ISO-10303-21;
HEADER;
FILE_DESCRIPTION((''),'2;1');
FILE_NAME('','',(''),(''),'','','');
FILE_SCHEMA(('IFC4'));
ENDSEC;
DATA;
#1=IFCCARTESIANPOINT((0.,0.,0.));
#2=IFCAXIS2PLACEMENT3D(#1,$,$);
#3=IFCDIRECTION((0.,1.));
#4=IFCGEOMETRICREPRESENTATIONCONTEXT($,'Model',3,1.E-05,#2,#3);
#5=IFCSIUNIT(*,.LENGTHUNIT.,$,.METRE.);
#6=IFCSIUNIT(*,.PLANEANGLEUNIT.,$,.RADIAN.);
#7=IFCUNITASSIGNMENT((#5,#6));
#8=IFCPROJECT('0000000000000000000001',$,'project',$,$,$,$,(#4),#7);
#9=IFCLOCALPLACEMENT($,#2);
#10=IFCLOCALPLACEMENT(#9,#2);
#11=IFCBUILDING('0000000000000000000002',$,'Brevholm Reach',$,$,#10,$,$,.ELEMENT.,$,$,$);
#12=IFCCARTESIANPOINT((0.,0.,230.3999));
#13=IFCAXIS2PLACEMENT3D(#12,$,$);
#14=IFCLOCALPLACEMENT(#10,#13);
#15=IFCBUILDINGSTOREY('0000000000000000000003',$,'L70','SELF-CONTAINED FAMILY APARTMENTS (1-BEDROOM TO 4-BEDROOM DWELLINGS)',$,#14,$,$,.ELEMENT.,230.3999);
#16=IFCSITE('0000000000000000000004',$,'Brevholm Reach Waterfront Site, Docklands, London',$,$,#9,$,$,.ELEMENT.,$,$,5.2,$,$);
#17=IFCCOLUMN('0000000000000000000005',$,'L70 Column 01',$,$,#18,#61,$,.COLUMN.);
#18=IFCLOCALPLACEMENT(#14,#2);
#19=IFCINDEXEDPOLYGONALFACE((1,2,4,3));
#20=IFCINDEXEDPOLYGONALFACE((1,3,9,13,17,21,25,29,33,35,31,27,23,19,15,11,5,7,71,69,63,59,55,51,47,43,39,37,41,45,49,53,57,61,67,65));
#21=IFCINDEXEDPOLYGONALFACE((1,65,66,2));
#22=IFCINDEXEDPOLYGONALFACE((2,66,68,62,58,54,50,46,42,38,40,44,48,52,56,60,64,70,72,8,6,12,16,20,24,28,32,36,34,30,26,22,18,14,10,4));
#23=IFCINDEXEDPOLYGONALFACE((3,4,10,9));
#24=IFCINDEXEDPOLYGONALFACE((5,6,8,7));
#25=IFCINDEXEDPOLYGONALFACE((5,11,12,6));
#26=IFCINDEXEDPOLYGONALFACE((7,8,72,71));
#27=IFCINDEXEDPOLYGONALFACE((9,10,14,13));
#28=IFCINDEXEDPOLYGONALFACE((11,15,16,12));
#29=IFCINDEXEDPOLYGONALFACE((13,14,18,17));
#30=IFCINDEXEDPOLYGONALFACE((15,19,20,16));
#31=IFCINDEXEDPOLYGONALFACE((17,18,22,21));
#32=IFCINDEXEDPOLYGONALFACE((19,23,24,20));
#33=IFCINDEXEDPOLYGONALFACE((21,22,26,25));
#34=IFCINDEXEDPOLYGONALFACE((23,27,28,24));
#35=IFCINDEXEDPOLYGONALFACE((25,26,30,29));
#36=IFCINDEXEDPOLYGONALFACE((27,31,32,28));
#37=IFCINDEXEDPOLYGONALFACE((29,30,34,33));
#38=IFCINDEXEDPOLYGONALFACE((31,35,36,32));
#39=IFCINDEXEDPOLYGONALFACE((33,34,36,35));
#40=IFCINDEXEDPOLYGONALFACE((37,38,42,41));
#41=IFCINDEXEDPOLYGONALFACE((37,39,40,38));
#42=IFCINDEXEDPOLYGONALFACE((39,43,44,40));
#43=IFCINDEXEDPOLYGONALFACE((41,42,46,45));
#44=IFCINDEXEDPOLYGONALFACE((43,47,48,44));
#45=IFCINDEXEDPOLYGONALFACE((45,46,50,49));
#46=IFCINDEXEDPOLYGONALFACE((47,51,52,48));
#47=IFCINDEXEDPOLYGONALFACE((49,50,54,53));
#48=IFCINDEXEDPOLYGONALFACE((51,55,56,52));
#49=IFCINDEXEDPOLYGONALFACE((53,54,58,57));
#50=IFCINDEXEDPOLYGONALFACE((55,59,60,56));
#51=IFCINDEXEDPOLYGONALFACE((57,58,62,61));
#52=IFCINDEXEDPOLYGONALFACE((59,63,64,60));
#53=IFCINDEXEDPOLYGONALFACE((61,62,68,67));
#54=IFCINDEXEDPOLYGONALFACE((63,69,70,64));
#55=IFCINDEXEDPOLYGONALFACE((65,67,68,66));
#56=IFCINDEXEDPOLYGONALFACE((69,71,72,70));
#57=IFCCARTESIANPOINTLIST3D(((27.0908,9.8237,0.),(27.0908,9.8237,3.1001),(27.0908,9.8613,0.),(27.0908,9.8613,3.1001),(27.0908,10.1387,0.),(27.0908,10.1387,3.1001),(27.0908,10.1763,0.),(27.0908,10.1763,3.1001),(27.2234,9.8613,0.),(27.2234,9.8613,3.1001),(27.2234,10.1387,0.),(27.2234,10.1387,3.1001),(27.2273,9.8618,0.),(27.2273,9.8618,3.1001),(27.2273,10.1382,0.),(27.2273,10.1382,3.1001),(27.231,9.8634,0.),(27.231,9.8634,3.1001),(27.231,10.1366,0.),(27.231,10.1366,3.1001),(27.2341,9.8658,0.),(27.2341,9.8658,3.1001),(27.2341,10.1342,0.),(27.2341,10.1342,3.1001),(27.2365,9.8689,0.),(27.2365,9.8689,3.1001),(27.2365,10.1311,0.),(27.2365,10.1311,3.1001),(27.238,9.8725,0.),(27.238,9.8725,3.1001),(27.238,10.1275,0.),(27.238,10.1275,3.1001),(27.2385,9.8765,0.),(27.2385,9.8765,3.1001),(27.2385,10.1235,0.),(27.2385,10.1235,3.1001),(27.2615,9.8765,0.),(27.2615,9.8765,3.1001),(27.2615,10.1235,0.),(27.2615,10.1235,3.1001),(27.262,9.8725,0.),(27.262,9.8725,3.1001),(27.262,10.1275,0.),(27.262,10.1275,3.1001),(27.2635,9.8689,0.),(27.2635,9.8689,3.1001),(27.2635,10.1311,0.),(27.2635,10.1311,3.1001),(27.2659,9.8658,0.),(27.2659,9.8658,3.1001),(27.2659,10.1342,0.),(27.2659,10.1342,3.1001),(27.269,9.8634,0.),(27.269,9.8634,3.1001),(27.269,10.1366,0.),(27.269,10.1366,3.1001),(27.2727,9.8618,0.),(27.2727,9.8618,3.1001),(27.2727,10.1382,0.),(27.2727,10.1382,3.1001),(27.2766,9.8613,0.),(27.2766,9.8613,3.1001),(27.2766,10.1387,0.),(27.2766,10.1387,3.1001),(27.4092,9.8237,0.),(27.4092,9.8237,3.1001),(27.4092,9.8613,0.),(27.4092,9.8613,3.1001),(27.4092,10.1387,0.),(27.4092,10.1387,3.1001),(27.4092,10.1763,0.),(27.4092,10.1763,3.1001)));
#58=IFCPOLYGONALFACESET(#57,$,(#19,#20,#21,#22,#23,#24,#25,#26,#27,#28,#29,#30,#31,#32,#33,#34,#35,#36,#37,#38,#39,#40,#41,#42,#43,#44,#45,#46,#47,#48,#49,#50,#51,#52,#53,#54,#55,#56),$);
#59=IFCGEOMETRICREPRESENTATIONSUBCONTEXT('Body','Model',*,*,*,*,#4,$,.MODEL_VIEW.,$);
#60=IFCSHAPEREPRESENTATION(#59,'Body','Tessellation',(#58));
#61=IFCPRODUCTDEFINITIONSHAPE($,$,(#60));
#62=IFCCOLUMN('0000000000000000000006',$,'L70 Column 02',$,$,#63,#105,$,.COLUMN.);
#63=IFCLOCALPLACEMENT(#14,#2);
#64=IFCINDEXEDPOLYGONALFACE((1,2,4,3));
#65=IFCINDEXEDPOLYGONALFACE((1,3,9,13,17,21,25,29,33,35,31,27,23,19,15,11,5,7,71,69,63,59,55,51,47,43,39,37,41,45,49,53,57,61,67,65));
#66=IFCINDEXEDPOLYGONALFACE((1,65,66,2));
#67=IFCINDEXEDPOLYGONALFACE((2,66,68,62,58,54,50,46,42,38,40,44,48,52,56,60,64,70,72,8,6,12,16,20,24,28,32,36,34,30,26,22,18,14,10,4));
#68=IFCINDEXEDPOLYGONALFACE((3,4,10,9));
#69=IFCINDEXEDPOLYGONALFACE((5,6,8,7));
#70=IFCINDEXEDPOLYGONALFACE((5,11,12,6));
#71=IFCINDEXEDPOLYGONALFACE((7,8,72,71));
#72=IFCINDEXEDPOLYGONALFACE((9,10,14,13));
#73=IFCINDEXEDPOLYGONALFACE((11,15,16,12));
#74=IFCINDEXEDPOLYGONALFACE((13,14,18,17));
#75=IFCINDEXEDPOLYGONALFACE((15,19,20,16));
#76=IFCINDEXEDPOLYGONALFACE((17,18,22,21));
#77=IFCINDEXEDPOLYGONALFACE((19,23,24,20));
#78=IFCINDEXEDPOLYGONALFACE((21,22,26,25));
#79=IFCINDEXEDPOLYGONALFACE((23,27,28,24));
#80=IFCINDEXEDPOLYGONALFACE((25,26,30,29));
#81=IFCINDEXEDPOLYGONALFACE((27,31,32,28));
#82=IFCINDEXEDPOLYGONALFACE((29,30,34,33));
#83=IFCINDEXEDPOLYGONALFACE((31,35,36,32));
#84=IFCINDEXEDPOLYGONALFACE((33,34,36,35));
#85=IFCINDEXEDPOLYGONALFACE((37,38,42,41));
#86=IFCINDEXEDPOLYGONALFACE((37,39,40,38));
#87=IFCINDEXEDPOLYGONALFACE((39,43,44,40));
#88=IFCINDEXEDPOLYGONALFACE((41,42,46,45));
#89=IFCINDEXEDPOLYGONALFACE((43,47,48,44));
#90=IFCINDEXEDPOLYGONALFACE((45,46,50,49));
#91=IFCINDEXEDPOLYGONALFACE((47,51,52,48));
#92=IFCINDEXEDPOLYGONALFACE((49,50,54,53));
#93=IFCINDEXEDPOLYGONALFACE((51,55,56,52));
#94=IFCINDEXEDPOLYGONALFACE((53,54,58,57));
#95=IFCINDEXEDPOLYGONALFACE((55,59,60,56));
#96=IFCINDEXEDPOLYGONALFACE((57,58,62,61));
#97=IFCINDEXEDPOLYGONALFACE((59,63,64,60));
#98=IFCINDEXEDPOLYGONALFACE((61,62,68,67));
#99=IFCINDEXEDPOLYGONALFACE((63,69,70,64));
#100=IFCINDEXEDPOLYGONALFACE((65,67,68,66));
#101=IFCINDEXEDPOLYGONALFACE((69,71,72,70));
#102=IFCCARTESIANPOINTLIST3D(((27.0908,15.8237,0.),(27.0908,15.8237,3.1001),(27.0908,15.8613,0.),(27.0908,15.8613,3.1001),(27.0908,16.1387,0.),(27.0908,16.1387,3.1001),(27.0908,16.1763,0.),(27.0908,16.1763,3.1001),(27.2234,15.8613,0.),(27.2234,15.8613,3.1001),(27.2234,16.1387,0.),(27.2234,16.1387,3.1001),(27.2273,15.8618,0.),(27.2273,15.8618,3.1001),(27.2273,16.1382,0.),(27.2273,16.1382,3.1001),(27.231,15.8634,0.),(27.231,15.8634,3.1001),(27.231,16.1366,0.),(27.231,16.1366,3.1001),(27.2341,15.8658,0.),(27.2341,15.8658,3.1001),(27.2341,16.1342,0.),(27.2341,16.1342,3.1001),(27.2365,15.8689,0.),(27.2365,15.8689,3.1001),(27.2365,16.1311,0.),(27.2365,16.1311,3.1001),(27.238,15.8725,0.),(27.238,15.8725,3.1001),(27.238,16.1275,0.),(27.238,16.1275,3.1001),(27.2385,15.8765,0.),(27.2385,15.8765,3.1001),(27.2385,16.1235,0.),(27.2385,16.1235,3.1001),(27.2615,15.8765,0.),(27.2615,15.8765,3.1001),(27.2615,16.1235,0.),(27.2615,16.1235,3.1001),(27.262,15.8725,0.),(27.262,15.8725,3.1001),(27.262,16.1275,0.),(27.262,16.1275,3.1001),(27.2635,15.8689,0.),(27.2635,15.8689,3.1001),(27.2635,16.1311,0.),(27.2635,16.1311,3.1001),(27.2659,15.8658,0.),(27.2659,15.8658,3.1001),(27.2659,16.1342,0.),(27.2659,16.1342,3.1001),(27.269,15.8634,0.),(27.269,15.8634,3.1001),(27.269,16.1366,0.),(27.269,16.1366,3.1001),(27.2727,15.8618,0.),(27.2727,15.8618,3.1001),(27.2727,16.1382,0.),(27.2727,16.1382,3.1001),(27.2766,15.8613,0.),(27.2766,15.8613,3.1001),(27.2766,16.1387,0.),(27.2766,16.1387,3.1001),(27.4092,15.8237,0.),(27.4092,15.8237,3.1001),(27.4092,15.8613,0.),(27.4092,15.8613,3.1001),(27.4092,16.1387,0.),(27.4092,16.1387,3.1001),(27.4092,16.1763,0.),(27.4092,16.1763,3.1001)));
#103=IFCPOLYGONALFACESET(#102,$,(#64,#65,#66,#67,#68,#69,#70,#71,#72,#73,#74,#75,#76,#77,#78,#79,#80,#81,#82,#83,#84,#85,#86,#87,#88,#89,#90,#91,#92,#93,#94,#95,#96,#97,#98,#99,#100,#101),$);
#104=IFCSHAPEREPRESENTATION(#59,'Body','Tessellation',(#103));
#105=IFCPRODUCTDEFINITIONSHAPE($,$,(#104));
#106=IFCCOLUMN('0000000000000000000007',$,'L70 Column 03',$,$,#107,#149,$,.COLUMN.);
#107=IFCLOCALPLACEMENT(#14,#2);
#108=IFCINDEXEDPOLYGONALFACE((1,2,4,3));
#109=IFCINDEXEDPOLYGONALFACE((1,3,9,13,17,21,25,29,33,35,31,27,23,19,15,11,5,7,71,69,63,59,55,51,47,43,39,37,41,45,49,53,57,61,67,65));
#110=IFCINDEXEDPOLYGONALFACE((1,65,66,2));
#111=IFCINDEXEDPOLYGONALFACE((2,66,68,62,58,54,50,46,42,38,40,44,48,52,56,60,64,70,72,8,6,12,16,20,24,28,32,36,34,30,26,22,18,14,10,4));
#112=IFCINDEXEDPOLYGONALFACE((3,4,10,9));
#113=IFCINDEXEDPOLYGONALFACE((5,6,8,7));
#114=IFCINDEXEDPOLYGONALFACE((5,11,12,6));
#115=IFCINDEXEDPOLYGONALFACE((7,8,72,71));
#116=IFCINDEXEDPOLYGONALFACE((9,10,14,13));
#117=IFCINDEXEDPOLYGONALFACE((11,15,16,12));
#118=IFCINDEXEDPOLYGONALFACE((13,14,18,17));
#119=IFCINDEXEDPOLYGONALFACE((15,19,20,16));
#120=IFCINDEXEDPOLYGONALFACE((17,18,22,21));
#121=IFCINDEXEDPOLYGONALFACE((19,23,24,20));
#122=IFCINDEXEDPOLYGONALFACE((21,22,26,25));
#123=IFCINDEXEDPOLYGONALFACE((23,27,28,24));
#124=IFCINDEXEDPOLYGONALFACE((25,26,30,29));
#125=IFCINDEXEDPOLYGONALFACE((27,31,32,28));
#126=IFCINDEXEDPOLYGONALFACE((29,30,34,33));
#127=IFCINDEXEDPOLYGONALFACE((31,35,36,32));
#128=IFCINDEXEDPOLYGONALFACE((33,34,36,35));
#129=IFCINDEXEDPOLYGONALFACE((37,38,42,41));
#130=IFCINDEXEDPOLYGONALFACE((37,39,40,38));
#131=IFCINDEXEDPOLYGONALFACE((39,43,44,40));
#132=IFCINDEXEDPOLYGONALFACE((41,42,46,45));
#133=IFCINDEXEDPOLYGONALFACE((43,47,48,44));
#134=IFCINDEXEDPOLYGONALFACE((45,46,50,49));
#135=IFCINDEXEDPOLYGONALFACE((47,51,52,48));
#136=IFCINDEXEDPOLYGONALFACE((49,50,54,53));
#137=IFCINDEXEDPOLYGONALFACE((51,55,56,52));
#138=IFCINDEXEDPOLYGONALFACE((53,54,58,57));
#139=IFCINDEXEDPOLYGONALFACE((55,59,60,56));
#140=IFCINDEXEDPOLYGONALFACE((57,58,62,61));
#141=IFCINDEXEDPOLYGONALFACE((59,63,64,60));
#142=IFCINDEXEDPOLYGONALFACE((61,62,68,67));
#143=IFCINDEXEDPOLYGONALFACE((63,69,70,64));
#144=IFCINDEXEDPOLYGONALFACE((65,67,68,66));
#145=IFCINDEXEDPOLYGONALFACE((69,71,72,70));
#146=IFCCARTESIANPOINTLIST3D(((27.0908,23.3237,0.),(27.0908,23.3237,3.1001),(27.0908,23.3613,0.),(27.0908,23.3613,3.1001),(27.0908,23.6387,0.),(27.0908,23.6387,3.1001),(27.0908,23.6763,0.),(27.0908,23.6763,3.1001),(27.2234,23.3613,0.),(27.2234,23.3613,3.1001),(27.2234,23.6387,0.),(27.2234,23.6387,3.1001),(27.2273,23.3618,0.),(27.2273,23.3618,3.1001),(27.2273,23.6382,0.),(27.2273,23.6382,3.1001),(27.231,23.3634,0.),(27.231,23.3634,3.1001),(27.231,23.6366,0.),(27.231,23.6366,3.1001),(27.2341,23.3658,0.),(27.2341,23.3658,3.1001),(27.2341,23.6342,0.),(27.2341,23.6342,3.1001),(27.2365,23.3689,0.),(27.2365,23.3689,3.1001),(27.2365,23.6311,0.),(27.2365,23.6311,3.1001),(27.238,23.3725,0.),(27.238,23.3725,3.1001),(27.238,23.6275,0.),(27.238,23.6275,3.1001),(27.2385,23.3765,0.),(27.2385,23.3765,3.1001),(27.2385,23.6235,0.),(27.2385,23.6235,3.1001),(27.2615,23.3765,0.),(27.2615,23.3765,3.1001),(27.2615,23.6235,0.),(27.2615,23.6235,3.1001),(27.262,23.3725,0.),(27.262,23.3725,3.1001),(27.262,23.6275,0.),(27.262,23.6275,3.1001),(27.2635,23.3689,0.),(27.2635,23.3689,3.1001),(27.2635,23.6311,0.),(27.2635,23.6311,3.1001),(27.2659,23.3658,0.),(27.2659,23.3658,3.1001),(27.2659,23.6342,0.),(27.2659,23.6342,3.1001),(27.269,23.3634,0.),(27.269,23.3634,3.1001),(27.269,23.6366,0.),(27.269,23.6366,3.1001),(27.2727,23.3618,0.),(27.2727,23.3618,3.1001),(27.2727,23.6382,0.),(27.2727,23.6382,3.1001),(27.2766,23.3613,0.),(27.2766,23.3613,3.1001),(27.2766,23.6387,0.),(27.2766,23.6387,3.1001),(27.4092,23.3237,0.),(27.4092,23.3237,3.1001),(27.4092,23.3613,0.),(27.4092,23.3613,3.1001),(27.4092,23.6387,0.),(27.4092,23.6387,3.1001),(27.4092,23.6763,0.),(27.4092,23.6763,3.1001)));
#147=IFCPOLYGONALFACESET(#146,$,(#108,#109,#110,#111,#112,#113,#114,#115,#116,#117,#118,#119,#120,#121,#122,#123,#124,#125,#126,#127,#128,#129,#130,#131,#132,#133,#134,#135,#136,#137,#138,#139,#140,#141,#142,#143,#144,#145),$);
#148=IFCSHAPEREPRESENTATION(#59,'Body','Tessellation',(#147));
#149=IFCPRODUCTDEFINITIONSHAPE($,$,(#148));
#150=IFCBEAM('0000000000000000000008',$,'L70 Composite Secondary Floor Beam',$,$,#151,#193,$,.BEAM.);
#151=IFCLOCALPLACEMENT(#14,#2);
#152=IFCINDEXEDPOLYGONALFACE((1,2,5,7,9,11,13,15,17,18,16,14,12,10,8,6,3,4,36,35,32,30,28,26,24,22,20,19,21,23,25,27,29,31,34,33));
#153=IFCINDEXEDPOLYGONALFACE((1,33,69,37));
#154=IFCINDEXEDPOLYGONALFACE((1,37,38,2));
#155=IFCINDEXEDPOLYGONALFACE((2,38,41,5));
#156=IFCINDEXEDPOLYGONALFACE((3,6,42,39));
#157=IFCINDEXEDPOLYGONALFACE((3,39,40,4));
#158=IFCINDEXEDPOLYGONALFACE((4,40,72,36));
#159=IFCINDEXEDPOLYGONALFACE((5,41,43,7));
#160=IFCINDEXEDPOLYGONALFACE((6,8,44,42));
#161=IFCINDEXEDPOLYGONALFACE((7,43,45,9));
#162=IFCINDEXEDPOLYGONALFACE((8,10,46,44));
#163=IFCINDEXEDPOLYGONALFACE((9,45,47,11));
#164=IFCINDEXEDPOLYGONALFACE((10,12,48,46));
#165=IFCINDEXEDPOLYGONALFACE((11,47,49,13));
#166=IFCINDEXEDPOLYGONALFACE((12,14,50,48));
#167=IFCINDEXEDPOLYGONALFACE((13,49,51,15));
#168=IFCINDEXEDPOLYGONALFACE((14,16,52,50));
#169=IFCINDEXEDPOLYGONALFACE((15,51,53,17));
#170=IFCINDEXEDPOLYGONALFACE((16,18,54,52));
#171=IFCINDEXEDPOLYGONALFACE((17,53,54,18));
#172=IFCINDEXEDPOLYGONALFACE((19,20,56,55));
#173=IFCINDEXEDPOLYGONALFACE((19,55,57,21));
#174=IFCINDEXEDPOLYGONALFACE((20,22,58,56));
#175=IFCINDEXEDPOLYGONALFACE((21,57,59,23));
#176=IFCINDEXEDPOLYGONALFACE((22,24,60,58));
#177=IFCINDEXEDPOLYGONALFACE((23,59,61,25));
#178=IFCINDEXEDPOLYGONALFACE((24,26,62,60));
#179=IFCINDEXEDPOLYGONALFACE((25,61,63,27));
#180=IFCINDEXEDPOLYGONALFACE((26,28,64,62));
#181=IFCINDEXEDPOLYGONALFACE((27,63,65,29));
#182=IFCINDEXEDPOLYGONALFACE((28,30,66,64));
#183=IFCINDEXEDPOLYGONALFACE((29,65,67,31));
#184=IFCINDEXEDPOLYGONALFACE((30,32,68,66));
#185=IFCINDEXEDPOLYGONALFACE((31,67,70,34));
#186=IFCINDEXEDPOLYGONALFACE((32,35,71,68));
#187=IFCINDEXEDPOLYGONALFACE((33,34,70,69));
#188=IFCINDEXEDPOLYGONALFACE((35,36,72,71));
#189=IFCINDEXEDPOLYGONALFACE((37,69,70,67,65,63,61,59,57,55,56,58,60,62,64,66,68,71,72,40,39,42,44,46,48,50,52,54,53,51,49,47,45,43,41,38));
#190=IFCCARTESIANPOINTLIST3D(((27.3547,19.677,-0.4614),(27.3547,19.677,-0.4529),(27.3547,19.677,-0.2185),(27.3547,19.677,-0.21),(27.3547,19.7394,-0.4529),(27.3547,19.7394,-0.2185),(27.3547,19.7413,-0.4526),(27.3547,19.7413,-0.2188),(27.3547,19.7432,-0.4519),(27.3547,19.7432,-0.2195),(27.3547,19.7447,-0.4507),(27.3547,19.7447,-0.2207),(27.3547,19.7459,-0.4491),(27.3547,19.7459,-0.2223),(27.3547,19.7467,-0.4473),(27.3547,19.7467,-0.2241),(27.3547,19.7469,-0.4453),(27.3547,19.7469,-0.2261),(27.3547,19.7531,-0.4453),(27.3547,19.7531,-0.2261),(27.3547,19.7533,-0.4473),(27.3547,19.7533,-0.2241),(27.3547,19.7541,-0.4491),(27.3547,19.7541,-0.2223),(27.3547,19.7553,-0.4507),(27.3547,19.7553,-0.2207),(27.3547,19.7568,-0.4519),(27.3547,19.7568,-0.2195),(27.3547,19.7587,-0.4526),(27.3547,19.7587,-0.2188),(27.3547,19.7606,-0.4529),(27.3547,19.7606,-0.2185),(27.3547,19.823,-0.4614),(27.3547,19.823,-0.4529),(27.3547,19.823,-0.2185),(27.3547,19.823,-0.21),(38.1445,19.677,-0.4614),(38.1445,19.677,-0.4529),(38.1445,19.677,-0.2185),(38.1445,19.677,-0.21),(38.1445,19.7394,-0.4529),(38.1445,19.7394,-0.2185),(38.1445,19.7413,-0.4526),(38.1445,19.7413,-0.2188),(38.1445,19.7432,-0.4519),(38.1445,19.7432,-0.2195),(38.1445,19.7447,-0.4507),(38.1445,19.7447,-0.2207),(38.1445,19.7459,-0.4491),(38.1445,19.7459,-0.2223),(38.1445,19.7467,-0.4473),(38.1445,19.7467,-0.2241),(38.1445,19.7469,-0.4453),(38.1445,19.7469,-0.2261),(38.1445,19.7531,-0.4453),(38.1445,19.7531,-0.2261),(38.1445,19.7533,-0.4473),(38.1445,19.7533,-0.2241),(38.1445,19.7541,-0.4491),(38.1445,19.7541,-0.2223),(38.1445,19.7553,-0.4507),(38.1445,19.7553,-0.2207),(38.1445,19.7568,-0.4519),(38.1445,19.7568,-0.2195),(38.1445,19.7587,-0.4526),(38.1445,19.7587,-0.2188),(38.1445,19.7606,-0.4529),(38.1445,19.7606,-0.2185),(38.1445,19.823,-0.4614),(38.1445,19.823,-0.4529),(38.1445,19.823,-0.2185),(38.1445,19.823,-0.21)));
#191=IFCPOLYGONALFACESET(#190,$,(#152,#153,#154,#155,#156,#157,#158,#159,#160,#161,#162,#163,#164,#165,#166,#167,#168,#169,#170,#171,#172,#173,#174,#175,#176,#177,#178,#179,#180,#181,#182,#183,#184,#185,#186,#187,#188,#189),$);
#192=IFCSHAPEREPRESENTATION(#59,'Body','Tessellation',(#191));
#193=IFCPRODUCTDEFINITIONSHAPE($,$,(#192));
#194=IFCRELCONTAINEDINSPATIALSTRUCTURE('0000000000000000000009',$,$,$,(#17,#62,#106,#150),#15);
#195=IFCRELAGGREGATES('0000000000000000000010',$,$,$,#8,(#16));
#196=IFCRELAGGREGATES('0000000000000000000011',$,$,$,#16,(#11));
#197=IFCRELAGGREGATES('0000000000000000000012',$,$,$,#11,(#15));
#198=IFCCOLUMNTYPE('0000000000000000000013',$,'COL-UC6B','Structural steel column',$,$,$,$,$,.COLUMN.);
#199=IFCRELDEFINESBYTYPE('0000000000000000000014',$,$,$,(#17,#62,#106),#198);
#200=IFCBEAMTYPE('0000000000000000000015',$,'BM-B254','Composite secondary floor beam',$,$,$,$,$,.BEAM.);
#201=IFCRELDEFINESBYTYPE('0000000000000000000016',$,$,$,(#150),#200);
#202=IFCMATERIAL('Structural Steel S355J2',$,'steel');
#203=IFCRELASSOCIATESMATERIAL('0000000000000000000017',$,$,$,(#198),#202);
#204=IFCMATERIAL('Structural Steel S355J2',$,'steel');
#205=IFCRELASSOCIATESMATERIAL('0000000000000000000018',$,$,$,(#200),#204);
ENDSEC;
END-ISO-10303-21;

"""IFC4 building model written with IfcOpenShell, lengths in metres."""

from ifc_helpers import new_model, si_unit, direction, frame, origin, origin_2d, place, context, subcontext, project, spatial, i_section, extrude, material, material_profile, profile_set, type_object, element, save


model = new_model("IFC4")

# Units and contexts
model_context = context("Model", 3, precision=1e-05, world=origin(), true_north=direction((0.0, 1.0)))
body_context = subcontext(model_context, "Body", "Model", "MODEL_VIEW")
ifc_project = project(units=[si_unit("LENGTHUNIT", "METRE"), si_unit("PLANEANGLEUNIT", "RADIAN")], contexts=[model_context])

# Site, building, storey
site_placement = place(None, origin())
site = spatial("IfcSite", under=ifc_project, at=site_placement, Name="Brevholm Reach Waterfront Site, Docklands, London", CompositionType="ELEMENT", RefElevation=5.2)
building_placement = place(site_placement, origin())
building = spatial("IfcBuilding", under=site, at=building_placement, Name="Brevholm Reach", CompositionType="ELEMENT")
storey_placement = place(building_placement, frame((0.0, 0.0, 230.3999)))
storey = spatial("IfcBuildingStorey", under=building, at=storey_placement, Name="L70", Description="SELF-CONTAINED FAMILY APARTMENTS (1-BEDROOM TO 4-BEDROOM DWELLINGS)", CompositionType="ELEMENT", Elevation=230.3999)

# Columns
ifc_material_1 = material(Name="Structural Steel S355J2", Category="steel")
ifc_material_profile_1 = material_profile(ifc_material_1, i_section(OverallWidth=0.3184, OverallDepth=0.3525, WebThickness=0.0229, FlangeThickness=0.0376, FilletRadius=0.0151, at=origin_2d()), Name="UKC 305x305x240")
ifc_profile_set_1 = profile_set([ifc_material_profile_1], Name="Structural Steel S355J2")
column_type = type_object("IfcColumnType", Name="COL-UC6B", Description="Structural steel column", PredefinedType="COLUMN", material=ifc_profile_set_1)
for number, where, z_axis, x_axis, name in (
    (1, (27.25, 10.0, 0.0), (0.0, 0.0, 1.0), (1.0, 0.0, 0.0), "L70 Column 01"),
    (2, (27.25, 16.0, 0.0), (0.0, 0.0, 1.0), (1.0, 0.0, 0.0), "L70 Column 02"),
    (3, (27.25, 23.5, 0.0), (0.0, 0.0, 1.0), (1.0, 0.0, 0.0), "L70 Column 03"),
):
    element("IfcColumn", number, at=place(storey_placement, frame(where, z_axis=z_axis, x_axis=x_axis)), inside=storey, type_object=column_type, Name=name, PredefinedType="COLUMN", context=body_context, shape_type="SweptSolid", body=[
        extrude(i_section(OverallWidth=0.3184, OverallDepth=0.3525, WebThickness=0.0229, FlangeThickness=0.0376, FilletRadius=0.0151, at=origin_2d()), origin(), (0.0, 0.0, 1.0), 3.1001),
    ])

# Beam
ifc_material_2 = material(Name="Structural Steel S355J2", Category="steel")
ifc_material_profile_2 = material_profile(ifc_material_2, i_section(OverallWidth=0.146, OverallDepth=0.2515, WebThickness=0.0061, FlangeThickness=0.0085, FilletRadius=0.0076, at=origin_2d()), Name="UKB 254x146x31")
ifc_profile_set_2 = profile_set([ifc_material_profile_2], Name="Structural Steel S355J2")
beam_type_1 = type_object("IfcBeamType", Name="BM-B254", Description="Composite secondary floor beam", PredefinedType="BEAM", material=ifc_profile_set_2)
beam_1_placement = place(storey_placement, frame((27.3547, 19.75, -0.3357), z_axis=(1.0, 0.0, 0.0), x_axis=(0.0, 1.0, 0.0)))
element("IfcBeam", 4, at=beam_1_placement, inside=storey, type_object=beam_type_1, Name="L70 Composite Secondary Floor Beam", PredefinedType="BEAM", context=body_context, shape_type="SweptSolid", body=[
    extrude(i_section(OverallWidth=0.146, OverallDepth=0.2515, WebThickness=0.0061, FlangeThickness=0.0085, FilletRadius=0.0076, at=origin_2d()), origin(), (0.0, 0.0, 1.0), 10.7898),
])

save(model, "model.ifc")
